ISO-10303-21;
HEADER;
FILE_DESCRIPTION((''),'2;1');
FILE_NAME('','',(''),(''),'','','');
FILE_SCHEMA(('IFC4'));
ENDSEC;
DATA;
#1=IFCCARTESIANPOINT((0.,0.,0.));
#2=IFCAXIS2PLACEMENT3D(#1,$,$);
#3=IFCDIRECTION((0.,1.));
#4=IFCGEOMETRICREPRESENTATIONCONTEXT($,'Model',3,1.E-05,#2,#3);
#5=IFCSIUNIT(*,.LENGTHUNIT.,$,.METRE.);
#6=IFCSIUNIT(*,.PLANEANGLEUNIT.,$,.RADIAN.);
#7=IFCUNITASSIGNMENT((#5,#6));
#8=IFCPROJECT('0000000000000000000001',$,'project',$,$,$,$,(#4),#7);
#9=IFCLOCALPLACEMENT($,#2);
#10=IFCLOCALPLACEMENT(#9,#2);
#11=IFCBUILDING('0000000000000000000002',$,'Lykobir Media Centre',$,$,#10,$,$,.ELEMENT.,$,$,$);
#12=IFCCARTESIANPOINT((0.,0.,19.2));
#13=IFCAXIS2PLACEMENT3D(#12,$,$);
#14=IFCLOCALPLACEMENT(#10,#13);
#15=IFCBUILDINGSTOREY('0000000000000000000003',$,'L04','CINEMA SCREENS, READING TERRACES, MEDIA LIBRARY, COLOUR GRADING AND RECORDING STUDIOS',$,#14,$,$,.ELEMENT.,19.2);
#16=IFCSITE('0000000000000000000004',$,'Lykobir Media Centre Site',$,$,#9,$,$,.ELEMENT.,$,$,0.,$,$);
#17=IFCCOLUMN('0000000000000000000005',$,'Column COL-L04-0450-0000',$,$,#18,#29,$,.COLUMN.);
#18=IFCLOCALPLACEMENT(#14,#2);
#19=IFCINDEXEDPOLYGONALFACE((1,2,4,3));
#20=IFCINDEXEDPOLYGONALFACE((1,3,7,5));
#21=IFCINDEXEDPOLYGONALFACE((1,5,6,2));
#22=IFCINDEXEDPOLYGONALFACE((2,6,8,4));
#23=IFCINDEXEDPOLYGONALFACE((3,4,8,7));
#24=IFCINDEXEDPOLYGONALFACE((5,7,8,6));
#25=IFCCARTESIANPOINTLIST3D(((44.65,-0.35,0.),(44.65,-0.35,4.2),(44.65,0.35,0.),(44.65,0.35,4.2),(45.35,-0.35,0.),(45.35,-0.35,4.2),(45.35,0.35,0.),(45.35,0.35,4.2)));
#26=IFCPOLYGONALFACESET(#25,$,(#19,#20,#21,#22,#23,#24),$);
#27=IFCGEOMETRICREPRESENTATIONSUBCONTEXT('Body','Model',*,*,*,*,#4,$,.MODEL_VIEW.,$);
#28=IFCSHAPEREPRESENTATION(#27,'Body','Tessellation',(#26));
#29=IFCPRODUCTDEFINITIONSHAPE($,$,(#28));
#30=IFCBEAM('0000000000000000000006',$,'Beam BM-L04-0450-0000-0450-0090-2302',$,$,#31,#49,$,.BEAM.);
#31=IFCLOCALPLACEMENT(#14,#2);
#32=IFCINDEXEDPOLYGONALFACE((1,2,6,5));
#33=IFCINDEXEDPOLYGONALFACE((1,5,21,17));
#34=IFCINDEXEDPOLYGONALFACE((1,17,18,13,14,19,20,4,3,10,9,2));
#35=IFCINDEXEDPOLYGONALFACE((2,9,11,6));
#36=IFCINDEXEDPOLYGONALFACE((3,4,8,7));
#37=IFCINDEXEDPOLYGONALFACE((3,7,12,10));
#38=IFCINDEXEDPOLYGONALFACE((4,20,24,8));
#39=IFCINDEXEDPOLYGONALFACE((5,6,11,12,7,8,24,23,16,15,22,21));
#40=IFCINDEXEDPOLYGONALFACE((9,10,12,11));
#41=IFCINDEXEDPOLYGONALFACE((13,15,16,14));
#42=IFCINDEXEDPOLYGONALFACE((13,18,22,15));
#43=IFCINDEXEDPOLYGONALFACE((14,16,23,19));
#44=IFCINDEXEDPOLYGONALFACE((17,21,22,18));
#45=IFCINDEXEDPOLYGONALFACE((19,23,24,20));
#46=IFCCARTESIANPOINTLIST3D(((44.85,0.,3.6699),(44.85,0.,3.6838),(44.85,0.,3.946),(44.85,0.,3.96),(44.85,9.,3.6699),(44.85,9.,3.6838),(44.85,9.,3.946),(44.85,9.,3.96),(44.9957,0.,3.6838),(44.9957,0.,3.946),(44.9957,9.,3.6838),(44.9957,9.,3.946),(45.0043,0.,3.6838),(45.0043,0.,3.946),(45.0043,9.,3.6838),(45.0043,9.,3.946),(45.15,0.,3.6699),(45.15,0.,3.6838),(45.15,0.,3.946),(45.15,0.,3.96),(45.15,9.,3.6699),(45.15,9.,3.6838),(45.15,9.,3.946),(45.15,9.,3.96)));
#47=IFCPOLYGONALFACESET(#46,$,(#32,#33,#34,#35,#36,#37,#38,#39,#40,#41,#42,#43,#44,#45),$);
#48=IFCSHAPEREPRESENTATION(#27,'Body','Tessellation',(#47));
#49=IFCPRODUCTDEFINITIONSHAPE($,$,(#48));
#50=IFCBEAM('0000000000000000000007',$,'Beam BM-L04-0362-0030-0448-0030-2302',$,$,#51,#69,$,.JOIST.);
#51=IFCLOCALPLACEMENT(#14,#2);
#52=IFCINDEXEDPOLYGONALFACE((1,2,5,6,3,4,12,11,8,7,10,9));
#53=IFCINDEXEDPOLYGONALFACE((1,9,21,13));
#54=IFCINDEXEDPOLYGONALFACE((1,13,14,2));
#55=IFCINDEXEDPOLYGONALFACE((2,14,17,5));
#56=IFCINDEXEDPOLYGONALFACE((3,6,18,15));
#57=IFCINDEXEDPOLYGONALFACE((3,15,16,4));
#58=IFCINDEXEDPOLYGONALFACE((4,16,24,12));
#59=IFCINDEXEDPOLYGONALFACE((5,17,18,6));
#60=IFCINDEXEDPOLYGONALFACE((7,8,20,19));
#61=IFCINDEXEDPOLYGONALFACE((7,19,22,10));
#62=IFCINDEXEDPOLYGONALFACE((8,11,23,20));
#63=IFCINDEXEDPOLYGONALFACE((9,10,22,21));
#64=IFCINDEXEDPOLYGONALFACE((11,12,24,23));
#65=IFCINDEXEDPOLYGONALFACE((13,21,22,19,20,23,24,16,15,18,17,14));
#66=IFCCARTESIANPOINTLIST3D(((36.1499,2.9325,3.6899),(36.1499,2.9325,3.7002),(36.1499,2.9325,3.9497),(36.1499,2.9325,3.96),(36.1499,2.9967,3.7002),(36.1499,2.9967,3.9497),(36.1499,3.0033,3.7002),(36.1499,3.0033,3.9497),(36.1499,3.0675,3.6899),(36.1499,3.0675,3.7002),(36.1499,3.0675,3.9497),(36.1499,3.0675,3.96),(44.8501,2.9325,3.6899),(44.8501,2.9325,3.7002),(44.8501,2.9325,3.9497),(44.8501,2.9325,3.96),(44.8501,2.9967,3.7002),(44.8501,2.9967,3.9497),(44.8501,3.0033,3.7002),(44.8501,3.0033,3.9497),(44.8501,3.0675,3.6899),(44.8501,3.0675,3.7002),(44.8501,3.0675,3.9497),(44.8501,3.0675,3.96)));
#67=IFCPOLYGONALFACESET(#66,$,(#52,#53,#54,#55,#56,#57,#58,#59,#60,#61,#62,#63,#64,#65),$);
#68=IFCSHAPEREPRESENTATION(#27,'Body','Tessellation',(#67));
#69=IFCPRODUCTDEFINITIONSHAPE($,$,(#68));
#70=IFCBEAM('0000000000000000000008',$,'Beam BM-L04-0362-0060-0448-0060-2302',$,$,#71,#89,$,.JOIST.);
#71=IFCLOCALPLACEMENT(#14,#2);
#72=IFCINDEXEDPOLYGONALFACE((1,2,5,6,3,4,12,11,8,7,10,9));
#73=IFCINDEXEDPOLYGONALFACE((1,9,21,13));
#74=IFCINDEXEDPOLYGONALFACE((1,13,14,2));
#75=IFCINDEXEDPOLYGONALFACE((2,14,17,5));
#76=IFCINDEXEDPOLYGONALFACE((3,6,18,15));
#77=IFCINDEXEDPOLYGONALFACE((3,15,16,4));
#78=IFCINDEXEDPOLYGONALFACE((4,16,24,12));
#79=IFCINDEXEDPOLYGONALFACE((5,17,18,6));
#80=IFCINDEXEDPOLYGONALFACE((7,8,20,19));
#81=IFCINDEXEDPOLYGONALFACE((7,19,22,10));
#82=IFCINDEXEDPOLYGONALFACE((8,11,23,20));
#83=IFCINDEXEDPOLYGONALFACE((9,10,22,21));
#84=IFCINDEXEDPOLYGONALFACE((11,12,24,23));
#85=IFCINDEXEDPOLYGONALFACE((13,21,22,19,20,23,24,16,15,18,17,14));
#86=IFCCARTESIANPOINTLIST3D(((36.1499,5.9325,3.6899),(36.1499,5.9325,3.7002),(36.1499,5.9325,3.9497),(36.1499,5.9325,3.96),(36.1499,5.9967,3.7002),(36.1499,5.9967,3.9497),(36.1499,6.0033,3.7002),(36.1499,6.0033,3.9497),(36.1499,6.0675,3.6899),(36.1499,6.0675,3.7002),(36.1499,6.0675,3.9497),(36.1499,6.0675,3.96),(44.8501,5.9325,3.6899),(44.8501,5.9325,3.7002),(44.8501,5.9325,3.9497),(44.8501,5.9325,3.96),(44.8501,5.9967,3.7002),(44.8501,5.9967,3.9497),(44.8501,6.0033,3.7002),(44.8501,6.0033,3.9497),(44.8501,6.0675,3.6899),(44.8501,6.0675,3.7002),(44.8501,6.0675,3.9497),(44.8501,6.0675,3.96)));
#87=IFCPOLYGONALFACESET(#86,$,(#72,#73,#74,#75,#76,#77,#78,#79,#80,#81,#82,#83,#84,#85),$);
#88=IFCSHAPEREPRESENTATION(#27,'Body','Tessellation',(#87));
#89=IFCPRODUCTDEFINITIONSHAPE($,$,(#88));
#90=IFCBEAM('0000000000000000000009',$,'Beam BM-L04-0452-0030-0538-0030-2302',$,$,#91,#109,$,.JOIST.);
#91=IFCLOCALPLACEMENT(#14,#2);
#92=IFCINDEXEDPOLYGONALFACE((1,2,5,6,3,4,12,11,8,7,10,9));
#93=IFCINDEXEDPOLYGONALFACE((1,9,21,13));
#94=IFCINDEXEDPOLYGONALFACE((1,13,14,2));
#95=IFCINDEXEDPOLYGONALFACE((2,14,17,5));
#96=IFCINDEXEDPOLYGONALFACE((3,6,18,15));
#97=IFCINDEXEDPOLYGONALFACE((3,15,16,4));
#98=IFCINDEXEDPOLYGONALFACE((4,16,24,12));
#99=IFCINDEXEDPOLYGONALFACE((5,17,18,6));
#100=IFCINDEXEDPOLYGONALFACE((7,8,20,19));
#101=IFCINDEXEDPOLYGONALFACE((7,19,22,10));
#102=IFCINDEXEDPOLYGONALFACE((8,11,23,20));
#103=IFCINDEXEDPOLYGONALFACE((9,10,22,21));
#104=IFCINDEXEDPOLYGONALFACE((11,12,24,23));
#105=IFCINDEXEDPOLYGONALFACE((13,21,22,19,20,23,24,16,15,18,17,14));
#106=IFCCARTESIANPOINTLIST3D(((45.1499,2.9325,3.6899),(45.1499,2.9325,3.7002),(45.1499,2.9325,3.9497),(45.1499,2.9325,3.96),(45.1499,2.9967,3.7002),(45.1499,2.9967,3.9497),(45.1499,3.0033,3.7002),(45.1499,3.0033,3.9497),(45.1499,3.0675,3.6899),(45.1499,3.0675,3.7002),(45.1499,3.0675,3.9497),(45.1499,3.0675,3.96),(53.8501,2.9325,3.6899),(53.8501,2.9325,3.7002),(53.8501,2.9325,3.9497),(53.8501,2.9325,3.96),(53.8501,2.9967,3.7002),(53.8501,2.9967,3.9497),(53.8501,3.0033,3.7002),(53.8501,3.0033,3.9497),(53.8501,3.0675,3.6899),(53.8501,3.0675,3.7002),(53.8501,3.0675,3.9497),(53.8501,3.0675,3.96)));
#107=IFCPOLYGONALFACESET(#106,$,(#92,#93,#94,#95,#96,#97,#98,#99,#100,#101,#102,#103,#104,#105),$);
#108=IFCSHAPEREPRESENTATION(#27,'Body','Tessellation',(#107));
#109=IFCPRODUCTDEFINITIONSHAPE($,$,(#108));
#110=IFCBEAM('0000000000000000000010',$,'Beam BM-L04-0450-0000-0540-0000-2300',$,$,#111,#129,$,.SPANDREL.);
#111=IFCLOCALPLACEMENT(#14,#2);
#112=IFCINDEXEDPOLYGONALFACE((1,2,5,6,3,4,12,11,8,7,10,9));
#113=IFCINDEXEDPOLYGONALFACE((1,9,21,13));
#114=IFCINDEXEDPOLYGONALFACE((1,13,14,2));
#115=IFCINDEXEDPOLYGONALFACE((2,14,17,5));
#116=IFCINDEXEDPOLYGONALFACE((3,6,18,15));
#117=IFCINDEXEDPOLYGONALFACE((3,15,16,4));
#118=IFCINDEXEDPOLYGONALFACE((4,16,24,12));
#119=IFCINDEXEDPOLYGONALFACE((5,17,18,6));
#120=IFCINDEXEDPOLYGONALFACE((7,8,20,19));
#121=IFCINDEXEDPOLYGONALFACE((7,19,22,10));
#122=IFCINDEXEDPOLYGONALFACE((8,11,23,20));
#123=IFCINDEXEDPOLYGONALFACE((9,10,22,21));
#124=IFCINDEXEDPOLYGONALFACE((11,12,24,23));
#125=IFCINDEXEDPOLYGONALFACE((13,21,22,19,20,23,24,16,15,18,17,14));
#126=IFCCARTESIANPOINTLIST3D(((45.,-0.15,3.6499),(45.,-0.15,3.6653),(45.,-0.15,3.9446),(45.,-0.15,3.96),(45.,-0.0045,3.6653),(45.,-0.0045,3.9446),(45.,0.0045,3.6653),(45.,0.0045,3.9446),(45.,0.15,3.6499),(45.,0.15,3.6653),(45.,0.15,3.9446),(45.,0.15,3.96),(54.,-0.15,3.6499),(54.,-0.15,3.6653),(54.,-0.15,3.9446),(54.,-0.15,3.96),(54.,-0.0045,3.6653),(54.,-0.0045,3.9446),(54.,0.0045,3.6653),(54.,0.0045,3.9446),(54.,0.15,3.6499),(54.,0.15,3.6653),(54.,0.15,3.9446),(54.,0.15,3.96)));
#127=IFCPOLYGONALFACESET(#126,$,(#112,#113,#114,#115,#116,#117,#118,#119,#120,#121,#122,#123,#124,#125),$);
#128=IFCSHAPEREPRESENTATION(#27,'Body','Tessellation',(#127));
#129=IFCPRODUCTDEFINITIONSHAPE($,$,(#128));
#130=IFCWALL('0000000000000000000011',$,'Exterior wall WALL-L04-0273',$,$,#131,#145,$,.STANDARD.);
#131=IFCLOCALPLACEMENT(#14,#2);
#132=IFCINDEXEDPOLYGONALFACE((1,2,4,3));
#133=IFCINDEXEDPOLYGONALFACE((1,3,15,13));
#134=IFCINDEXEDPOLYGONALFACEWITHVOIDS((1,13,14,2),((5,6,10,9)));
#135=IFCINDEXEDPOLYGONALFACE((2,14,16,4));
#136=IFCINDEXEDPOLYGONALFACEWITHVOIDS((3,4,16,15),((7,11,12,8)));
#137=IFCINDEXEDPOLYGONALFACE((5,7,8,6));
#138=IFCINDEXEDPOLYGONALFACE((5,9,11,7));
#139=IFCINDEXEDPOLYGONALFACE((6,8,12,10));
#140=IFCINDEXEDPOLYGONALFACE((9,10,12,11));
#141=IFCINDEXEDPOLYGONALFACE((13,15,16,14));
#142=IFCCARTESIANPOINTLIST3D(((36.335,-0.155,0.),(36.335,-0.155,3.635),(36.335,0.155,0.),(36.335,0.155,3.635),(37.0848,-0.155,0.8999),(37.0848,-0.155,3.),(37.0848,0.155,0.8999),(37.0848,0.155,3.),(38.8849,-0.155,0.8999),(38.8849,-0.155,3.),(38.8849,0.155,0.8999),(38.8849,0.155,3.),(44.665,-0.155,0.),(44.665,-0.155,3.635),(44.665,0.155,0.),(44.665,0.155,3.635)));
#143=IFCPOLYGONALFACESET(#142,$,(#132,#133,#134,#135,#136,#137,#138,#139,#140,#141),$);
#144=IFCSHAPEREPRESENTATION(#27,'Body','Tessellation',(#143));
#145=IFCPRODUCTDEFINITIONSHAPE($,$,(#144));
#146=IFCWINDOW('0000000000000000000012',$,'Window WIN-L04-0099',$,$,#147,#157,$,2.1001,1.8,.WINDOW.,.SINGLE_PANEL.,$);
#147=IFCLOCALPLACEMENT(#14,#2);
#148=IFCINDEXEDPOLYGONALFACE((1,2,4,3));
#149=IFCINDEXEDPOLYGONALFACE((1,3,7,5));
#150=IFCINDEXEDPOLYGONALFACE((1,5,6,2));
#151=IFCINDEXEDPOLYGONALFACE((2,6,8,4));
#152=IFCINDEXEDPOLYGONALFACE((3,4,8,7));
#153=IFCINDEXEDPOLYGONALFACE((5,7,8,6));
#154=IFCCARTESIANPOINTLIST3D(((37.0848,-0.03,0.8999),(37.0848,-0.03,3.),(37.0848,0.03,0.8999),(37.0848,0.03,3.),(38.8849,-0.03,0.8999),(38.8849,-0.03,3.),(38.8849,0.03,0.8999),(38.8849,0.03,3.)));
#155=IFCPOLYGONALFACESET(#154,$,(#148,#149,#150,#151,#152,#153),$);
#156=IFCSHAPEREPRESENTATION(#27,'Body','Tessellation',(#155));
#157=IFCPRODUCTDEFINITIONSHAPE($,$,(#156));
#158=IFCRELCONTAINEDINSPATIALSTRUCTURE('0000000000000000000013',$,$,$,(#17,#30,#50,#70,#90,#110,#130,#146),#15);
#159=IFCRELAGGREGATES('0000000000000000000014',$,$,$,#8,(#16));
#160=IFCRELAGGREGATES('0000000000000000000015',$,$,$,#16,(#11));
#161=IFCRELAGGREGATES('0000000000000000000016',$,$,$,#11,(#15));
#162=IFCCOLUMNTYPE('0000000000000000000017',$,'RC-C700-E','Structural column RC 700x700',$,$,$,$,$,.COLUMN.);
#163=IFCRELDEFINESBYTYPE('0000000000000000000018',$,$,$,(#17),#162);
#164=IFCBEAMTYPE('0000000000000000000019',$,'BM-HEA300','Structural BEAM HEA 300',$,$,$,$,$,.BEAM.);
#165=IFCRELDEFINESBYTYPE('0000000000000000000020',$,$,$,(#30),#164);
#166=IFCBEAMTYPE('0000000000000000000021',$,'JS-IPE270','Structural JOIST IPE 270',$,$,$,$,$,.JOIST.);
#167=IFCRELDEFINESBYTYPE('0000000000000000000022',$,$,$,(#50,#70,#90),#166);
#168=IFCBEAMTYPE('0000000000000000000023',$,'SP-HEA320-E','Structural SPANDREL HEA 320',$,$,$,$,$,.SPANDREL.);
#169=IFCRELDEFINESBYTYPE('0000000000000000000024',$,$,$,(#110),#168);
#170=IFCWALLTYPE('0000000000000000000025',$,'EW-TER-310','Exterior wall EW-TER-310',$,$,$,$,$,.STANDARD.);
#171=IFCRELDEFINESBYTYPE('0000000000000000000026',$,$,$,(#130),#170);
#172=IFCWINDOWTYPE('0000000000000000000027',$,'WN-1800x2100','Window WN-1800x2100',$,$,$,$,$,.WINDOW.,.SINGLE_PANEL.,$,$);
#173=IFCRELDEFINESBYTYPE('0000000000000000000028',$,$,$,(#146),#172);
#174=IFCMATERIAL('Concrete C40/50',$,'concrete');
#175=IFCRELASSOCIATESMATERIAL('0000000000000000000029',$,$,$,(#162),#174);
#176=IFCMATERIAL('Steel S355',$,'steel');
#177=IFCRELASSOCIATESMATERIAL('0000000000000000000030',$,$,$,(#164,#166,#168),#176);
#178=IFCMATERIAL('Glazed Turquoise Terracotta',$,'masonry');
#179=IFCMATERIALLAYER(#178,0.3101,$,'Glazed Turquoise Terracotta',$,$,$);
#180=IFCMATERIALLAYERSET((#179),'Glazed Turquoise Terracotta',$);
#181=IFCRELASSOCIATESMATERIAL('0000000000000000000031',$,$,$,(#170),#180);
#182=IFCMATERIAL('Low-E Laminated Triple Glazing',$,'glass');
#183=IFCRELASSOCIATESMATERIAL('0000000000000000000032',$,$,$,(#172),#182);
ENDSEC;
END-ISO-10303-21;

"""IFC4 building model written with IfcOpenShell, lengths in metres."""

from ifc_helpers import new_model, si_unit, direction, frame, frame_2d, origin, origin_2d, place, context, subcontext, project, spatial, rectangle, i_section, extrude, material, layer, layer_set, material_profile, profile_set, type_object, element, fill, save


model = new_model("IFC4")

# Units and contexts
model_context = context("Model", 3, precision=1e-05, world=origin(), true_north=direction((0.0, 1.0)))
body_context = subcontext(model_context, "Body", "Model", "MODEL_VIEW")
ifc_project = project(units=[si_unit("LENGTHUNIT", "METRE"), si_unit("PLANEANGLEUNIT", "RADIAN")], contexts=[model_context])

# Site, building, storey
site_placement = place(None, origin())
site = spatial("IfcSite", under=ifc_project, at=site_placement, Name="Lykobir Media Centre Site", CompositionType="ELEMENT", RefElevation=0.0)
building_placement = place(site_placement, origin())
building = spatial("IfcBuilding", under=site, at=building_placement, Name="Lykobir Media Centre", CompositionType="ELEMENT")
storey_placement = place(building_placement, frame((0.0, 0.0, 19.2)))
storey = spatial("IfcBuildingStorey", under=building, at=storey_placement, Name="L04", Description="CINEMA SCREENS, READING TERRACES, MEDIA LIBRARY, COLOUR GRADING AND RECORDING STUDIOS", CompositionType="ELEMENT", Elevation=19.2)

# Column
ifc_material_1 = material(Name="Concrete C40/50", Category="concrete")
ifc_material_profile_1 = material_profile(ifc_material_1, rectangle(XDim=0.7, YDim=0.7, at=origin_2d()), Name="RC 700x700")
ifc_profile_set_1 = profile_set([ifc_material_profile_1], Name="Concrete C40/50")
column_type = type_object("IfcColumnType", Name="RC-C700-E", Description="Structural column RC 700x700", PredefinedType="COLUMN", material=ifc_profile_set_1)
column_placement = place(storey_placement, frame((45.0, 0.0, 0.0), z_axis=(0.0, 0.0, 1.0), x_axis=(1.0, 0.0, 0.0)))
element("IfcColumn", 1, at=column_placement, inside=storey, type_object=column_type, Name="Column COL-L04-0450-0000", PredefinedType="COLUMN", context=body_context, shape_type="SweptSolid", body=[
    extrude(rectangle(XDim=0.7, YDim=0.7, at=origin_2d()), origin(), (0.0, 0.0, 1.0), 4.2),
])

# Beams
ifc_material_2 = material(Name="Steel S355", Category="steel")
ifc_material_profile_2 = material_profile(ifc_material_2, i_section(OverallWidth=0.3, OverallDepth=0.29, WebThickness=0.0085, FlangeThickness=0.0139, at=origin_2d()), Name="HEA 300")
ifc_profile_set_2 = profile_set([ifc_material_profile_2], Name="Steel S355")
beam_type_1 = type_object("IfcBeamType", Name="BM-HEA300", Description="Structural BEAM HEA 300", PredefinedType="BEAM", material=ifc_profile_set_2)
beam_1_placement = place(storey_placement, frame((45.0, 0.0, 3.8149), z_axis=(0.0, 1.0, 0.0), x_axis=(-1.0, 0.0, 0.0)))
element("IfcBeam", 2, at=beam_1_placement, inside=storey, type_object=beam_type_1, Name="Beam BM-L04-0450-0000-0450-0090-2302", PredefinedType="BEAM", context=body_context, shape_type="SweptSolid", body=[
    extrude(i_section(OverallWidth=0.3, OverallDepth=0.29, WebThickness=0.0085, FlangeThickness=0.0139, at=origin_2d()), origin(), (0.0, 0.0, 1.0), 9.0),
])
ifc_material_profile_3 = material_profile(ifc_material_2, i_section(OverallWidth=0.135, OverallDepth=0.27, WebThickness=0.0066, FlangeThickness=0.0103, at=origin_2d()), Name="IPE 270")
ifc_profile_set_3 = profile_set([ifc_material_profile_3], Name="Steel S355")
beam_type_2 = type_object("IfcBeamType", Name="JS-IPE270", Description="Structural JOIST IPE 270", PredefinedType="JOIST", material=ifc_profile_set_3)
for number, where, z_axis, x_axis, name in (
    (3, (36.1499, 3.0, 3.825), (1.0, 0.0, 0.0), (0.0, 1.0, 0.0), "Beam BM-L04-0362-0030-0448-0030-2302"),
    (4, (36.1499, 6.0, 3.825), (1.0, 0.0, 0.0), (0.0, 1.0, 0.0), "Beam BM-L04-0362-0060-0448-0060-2302"),
    (5, (45.1499, 3.0, 3.825), (1.0, 0.0, 0.0), (0.0, 1.0, 0.0), "Beam BM-L04-0452-0030-0538-0030-2302"),
):
    element("IfcBeam", number, at=place(storey_placement, frame(where, z_axis=z_axis, x_axis=x_axis)), inside=storey, type_object=beam_type_2, Name=name, PredefinedType="JOIST", context=body_context, shape_type="SweptSolid", body=[
        extrude(i_section(OverallWidth=0.135, OverallDepth=0.27, WebThickness=0.0066, FlangeThickness=0.0103, at=origin_2d()), origin(), (0.0, 0.0, 1.0), 8.7002),
    ])
ifc_material_profile_4 = material_profile(ifc_material_2, i_section(OverallWidth=0.3, OverallDepth=0.3101, WebThickness=0.009, FlangeThickness=0.0154, at=origin_2d()), Name="HEA 320")
ifc_profile_set_4 = profile_set([ifc_material_profile_4], Name="Steel S355")
beam_type_3 = type_object("IfcBeamType", Name="SP-HEA320-E", Description="Structural SPANDREL HEA 320", PredefinedType="SPANDREL", material=ifc_profile_set_4)
beam_2_placement = place(storey_placement, frame((45.0, 0.0, 3.8049), z_axis=(1.0, 0.0, 0.0), x_axis=(0.0, 1.0, 0.0)))
element("IfcBeam", 6, at=beam_2_placement, inside=storey, type_object=beam_type_3, Name="Beam BM-L04-0450-0000-0540-0000-2300", PredefinedType="SPANDREL", context=body_context, shape_type="SweptSolid", body=[
    extrude(i_section(OverallWidth=0.3, OverallDepth=0.3101, WebThickness=0.009, FlangeThickness=0.0154, at=origin_2d()), origin(), (0.0, 0.0, 1.0), 9.0),
])

# Wall, opening, window
ifc_material_3 = material(Name="Glazed Turquoise Terracotta", Category="masonry")
ifc_layer_1 = layer(ifc_material_3, 0.3101, Name="Glazed Turquoise Terracotta")
ifc_layer_set_1 = layer_set([ifc_layer_1], Name="Glazed Turquoise Terracotta")
wall_type_1 = type_object("IfcWallType", Name="EW-TER-310", Description="Exterior wall EW-TER-310", PredefinedType="STANDARD", material=ifc_layer_set_1)
wall_1_placement = place(storey_placement, frame((36.335, 0.0, 0.0), z_axis=(0.0, 0.0, 1.0), x_axis=(1.0, 0.0, 0.0)))
wall_1 = element("IfcWall", 7, at=wall_1_placement, inside=storey, type_object=wall_type_1, Name="Exterior wall WALL-L04-0273", PredefinedType="STANDARD", context=body_context, shape_type="SweptSolid", body=[
    extrude(rectangle(XDim=8.3301, YDim=0.3101, at=frame_2d((4.165, 0.0))), origin(), (0.0, 0.0, 1.0), 3.635),
])
opening_1_placement = place(wall_1_placement, frame((0.75, 0.0, 0.8999)))
opening_1 = element("IfcOpeningElement", 8, at=opening_1_placement, cuts=wall_1, PredefinedType="OPENING", context=body_context, shape_type="SweptSolid", body=[
    extrude(rectangle(XDim=1.8, YDim=2.1001, at=frame_2d((0.8999, 1.05))), frame((0.0, 0.165, 0.0), z_axis=(0.0, -1.0, 0.0), x_axis=(1.0, 0.0, 0.0)), (0.0, 0.0, 1.0), 0.3301),
])
ifc_material_4 = material(Name="Low-E Laminated Triple Glazing", Category="glass")
window_type = type_object("IfcWindowType", Name="WN-1800x2100", Description="Window WN-1800x2100", PartitioningType="SINGLE_PANEL", PredefinedType="WINDOW", material=ifc_material_4)
window_1_placement = place(opening_1_placement, origin())
window_1 = element("IfcWindow", 9, at=window_1_placement, inside=storey, type_object=window_type, Name="Window WIN-L04-0099", OverallHeight=2.1001, OverallWidth=1.8, PartitioningType="SINGLE_PANEL", PredefinedType="WINDOW", context=body_context, shape_type="SweptSolid", body=[
    extrude(rectangle(XDim=1.8, YDim=2.1001, at=frame_2d((0.8999, 1.05))), frame((0.0, 0.03, 0.0), z_axis=(0.0, -1.0, 0.0), x_axis=(1.0, 0.0, 0.0)), (0.0, 0.0, 1.0), 0.0601),
])
fill(opening_1, window_1)

save(model, "model.ifc")
